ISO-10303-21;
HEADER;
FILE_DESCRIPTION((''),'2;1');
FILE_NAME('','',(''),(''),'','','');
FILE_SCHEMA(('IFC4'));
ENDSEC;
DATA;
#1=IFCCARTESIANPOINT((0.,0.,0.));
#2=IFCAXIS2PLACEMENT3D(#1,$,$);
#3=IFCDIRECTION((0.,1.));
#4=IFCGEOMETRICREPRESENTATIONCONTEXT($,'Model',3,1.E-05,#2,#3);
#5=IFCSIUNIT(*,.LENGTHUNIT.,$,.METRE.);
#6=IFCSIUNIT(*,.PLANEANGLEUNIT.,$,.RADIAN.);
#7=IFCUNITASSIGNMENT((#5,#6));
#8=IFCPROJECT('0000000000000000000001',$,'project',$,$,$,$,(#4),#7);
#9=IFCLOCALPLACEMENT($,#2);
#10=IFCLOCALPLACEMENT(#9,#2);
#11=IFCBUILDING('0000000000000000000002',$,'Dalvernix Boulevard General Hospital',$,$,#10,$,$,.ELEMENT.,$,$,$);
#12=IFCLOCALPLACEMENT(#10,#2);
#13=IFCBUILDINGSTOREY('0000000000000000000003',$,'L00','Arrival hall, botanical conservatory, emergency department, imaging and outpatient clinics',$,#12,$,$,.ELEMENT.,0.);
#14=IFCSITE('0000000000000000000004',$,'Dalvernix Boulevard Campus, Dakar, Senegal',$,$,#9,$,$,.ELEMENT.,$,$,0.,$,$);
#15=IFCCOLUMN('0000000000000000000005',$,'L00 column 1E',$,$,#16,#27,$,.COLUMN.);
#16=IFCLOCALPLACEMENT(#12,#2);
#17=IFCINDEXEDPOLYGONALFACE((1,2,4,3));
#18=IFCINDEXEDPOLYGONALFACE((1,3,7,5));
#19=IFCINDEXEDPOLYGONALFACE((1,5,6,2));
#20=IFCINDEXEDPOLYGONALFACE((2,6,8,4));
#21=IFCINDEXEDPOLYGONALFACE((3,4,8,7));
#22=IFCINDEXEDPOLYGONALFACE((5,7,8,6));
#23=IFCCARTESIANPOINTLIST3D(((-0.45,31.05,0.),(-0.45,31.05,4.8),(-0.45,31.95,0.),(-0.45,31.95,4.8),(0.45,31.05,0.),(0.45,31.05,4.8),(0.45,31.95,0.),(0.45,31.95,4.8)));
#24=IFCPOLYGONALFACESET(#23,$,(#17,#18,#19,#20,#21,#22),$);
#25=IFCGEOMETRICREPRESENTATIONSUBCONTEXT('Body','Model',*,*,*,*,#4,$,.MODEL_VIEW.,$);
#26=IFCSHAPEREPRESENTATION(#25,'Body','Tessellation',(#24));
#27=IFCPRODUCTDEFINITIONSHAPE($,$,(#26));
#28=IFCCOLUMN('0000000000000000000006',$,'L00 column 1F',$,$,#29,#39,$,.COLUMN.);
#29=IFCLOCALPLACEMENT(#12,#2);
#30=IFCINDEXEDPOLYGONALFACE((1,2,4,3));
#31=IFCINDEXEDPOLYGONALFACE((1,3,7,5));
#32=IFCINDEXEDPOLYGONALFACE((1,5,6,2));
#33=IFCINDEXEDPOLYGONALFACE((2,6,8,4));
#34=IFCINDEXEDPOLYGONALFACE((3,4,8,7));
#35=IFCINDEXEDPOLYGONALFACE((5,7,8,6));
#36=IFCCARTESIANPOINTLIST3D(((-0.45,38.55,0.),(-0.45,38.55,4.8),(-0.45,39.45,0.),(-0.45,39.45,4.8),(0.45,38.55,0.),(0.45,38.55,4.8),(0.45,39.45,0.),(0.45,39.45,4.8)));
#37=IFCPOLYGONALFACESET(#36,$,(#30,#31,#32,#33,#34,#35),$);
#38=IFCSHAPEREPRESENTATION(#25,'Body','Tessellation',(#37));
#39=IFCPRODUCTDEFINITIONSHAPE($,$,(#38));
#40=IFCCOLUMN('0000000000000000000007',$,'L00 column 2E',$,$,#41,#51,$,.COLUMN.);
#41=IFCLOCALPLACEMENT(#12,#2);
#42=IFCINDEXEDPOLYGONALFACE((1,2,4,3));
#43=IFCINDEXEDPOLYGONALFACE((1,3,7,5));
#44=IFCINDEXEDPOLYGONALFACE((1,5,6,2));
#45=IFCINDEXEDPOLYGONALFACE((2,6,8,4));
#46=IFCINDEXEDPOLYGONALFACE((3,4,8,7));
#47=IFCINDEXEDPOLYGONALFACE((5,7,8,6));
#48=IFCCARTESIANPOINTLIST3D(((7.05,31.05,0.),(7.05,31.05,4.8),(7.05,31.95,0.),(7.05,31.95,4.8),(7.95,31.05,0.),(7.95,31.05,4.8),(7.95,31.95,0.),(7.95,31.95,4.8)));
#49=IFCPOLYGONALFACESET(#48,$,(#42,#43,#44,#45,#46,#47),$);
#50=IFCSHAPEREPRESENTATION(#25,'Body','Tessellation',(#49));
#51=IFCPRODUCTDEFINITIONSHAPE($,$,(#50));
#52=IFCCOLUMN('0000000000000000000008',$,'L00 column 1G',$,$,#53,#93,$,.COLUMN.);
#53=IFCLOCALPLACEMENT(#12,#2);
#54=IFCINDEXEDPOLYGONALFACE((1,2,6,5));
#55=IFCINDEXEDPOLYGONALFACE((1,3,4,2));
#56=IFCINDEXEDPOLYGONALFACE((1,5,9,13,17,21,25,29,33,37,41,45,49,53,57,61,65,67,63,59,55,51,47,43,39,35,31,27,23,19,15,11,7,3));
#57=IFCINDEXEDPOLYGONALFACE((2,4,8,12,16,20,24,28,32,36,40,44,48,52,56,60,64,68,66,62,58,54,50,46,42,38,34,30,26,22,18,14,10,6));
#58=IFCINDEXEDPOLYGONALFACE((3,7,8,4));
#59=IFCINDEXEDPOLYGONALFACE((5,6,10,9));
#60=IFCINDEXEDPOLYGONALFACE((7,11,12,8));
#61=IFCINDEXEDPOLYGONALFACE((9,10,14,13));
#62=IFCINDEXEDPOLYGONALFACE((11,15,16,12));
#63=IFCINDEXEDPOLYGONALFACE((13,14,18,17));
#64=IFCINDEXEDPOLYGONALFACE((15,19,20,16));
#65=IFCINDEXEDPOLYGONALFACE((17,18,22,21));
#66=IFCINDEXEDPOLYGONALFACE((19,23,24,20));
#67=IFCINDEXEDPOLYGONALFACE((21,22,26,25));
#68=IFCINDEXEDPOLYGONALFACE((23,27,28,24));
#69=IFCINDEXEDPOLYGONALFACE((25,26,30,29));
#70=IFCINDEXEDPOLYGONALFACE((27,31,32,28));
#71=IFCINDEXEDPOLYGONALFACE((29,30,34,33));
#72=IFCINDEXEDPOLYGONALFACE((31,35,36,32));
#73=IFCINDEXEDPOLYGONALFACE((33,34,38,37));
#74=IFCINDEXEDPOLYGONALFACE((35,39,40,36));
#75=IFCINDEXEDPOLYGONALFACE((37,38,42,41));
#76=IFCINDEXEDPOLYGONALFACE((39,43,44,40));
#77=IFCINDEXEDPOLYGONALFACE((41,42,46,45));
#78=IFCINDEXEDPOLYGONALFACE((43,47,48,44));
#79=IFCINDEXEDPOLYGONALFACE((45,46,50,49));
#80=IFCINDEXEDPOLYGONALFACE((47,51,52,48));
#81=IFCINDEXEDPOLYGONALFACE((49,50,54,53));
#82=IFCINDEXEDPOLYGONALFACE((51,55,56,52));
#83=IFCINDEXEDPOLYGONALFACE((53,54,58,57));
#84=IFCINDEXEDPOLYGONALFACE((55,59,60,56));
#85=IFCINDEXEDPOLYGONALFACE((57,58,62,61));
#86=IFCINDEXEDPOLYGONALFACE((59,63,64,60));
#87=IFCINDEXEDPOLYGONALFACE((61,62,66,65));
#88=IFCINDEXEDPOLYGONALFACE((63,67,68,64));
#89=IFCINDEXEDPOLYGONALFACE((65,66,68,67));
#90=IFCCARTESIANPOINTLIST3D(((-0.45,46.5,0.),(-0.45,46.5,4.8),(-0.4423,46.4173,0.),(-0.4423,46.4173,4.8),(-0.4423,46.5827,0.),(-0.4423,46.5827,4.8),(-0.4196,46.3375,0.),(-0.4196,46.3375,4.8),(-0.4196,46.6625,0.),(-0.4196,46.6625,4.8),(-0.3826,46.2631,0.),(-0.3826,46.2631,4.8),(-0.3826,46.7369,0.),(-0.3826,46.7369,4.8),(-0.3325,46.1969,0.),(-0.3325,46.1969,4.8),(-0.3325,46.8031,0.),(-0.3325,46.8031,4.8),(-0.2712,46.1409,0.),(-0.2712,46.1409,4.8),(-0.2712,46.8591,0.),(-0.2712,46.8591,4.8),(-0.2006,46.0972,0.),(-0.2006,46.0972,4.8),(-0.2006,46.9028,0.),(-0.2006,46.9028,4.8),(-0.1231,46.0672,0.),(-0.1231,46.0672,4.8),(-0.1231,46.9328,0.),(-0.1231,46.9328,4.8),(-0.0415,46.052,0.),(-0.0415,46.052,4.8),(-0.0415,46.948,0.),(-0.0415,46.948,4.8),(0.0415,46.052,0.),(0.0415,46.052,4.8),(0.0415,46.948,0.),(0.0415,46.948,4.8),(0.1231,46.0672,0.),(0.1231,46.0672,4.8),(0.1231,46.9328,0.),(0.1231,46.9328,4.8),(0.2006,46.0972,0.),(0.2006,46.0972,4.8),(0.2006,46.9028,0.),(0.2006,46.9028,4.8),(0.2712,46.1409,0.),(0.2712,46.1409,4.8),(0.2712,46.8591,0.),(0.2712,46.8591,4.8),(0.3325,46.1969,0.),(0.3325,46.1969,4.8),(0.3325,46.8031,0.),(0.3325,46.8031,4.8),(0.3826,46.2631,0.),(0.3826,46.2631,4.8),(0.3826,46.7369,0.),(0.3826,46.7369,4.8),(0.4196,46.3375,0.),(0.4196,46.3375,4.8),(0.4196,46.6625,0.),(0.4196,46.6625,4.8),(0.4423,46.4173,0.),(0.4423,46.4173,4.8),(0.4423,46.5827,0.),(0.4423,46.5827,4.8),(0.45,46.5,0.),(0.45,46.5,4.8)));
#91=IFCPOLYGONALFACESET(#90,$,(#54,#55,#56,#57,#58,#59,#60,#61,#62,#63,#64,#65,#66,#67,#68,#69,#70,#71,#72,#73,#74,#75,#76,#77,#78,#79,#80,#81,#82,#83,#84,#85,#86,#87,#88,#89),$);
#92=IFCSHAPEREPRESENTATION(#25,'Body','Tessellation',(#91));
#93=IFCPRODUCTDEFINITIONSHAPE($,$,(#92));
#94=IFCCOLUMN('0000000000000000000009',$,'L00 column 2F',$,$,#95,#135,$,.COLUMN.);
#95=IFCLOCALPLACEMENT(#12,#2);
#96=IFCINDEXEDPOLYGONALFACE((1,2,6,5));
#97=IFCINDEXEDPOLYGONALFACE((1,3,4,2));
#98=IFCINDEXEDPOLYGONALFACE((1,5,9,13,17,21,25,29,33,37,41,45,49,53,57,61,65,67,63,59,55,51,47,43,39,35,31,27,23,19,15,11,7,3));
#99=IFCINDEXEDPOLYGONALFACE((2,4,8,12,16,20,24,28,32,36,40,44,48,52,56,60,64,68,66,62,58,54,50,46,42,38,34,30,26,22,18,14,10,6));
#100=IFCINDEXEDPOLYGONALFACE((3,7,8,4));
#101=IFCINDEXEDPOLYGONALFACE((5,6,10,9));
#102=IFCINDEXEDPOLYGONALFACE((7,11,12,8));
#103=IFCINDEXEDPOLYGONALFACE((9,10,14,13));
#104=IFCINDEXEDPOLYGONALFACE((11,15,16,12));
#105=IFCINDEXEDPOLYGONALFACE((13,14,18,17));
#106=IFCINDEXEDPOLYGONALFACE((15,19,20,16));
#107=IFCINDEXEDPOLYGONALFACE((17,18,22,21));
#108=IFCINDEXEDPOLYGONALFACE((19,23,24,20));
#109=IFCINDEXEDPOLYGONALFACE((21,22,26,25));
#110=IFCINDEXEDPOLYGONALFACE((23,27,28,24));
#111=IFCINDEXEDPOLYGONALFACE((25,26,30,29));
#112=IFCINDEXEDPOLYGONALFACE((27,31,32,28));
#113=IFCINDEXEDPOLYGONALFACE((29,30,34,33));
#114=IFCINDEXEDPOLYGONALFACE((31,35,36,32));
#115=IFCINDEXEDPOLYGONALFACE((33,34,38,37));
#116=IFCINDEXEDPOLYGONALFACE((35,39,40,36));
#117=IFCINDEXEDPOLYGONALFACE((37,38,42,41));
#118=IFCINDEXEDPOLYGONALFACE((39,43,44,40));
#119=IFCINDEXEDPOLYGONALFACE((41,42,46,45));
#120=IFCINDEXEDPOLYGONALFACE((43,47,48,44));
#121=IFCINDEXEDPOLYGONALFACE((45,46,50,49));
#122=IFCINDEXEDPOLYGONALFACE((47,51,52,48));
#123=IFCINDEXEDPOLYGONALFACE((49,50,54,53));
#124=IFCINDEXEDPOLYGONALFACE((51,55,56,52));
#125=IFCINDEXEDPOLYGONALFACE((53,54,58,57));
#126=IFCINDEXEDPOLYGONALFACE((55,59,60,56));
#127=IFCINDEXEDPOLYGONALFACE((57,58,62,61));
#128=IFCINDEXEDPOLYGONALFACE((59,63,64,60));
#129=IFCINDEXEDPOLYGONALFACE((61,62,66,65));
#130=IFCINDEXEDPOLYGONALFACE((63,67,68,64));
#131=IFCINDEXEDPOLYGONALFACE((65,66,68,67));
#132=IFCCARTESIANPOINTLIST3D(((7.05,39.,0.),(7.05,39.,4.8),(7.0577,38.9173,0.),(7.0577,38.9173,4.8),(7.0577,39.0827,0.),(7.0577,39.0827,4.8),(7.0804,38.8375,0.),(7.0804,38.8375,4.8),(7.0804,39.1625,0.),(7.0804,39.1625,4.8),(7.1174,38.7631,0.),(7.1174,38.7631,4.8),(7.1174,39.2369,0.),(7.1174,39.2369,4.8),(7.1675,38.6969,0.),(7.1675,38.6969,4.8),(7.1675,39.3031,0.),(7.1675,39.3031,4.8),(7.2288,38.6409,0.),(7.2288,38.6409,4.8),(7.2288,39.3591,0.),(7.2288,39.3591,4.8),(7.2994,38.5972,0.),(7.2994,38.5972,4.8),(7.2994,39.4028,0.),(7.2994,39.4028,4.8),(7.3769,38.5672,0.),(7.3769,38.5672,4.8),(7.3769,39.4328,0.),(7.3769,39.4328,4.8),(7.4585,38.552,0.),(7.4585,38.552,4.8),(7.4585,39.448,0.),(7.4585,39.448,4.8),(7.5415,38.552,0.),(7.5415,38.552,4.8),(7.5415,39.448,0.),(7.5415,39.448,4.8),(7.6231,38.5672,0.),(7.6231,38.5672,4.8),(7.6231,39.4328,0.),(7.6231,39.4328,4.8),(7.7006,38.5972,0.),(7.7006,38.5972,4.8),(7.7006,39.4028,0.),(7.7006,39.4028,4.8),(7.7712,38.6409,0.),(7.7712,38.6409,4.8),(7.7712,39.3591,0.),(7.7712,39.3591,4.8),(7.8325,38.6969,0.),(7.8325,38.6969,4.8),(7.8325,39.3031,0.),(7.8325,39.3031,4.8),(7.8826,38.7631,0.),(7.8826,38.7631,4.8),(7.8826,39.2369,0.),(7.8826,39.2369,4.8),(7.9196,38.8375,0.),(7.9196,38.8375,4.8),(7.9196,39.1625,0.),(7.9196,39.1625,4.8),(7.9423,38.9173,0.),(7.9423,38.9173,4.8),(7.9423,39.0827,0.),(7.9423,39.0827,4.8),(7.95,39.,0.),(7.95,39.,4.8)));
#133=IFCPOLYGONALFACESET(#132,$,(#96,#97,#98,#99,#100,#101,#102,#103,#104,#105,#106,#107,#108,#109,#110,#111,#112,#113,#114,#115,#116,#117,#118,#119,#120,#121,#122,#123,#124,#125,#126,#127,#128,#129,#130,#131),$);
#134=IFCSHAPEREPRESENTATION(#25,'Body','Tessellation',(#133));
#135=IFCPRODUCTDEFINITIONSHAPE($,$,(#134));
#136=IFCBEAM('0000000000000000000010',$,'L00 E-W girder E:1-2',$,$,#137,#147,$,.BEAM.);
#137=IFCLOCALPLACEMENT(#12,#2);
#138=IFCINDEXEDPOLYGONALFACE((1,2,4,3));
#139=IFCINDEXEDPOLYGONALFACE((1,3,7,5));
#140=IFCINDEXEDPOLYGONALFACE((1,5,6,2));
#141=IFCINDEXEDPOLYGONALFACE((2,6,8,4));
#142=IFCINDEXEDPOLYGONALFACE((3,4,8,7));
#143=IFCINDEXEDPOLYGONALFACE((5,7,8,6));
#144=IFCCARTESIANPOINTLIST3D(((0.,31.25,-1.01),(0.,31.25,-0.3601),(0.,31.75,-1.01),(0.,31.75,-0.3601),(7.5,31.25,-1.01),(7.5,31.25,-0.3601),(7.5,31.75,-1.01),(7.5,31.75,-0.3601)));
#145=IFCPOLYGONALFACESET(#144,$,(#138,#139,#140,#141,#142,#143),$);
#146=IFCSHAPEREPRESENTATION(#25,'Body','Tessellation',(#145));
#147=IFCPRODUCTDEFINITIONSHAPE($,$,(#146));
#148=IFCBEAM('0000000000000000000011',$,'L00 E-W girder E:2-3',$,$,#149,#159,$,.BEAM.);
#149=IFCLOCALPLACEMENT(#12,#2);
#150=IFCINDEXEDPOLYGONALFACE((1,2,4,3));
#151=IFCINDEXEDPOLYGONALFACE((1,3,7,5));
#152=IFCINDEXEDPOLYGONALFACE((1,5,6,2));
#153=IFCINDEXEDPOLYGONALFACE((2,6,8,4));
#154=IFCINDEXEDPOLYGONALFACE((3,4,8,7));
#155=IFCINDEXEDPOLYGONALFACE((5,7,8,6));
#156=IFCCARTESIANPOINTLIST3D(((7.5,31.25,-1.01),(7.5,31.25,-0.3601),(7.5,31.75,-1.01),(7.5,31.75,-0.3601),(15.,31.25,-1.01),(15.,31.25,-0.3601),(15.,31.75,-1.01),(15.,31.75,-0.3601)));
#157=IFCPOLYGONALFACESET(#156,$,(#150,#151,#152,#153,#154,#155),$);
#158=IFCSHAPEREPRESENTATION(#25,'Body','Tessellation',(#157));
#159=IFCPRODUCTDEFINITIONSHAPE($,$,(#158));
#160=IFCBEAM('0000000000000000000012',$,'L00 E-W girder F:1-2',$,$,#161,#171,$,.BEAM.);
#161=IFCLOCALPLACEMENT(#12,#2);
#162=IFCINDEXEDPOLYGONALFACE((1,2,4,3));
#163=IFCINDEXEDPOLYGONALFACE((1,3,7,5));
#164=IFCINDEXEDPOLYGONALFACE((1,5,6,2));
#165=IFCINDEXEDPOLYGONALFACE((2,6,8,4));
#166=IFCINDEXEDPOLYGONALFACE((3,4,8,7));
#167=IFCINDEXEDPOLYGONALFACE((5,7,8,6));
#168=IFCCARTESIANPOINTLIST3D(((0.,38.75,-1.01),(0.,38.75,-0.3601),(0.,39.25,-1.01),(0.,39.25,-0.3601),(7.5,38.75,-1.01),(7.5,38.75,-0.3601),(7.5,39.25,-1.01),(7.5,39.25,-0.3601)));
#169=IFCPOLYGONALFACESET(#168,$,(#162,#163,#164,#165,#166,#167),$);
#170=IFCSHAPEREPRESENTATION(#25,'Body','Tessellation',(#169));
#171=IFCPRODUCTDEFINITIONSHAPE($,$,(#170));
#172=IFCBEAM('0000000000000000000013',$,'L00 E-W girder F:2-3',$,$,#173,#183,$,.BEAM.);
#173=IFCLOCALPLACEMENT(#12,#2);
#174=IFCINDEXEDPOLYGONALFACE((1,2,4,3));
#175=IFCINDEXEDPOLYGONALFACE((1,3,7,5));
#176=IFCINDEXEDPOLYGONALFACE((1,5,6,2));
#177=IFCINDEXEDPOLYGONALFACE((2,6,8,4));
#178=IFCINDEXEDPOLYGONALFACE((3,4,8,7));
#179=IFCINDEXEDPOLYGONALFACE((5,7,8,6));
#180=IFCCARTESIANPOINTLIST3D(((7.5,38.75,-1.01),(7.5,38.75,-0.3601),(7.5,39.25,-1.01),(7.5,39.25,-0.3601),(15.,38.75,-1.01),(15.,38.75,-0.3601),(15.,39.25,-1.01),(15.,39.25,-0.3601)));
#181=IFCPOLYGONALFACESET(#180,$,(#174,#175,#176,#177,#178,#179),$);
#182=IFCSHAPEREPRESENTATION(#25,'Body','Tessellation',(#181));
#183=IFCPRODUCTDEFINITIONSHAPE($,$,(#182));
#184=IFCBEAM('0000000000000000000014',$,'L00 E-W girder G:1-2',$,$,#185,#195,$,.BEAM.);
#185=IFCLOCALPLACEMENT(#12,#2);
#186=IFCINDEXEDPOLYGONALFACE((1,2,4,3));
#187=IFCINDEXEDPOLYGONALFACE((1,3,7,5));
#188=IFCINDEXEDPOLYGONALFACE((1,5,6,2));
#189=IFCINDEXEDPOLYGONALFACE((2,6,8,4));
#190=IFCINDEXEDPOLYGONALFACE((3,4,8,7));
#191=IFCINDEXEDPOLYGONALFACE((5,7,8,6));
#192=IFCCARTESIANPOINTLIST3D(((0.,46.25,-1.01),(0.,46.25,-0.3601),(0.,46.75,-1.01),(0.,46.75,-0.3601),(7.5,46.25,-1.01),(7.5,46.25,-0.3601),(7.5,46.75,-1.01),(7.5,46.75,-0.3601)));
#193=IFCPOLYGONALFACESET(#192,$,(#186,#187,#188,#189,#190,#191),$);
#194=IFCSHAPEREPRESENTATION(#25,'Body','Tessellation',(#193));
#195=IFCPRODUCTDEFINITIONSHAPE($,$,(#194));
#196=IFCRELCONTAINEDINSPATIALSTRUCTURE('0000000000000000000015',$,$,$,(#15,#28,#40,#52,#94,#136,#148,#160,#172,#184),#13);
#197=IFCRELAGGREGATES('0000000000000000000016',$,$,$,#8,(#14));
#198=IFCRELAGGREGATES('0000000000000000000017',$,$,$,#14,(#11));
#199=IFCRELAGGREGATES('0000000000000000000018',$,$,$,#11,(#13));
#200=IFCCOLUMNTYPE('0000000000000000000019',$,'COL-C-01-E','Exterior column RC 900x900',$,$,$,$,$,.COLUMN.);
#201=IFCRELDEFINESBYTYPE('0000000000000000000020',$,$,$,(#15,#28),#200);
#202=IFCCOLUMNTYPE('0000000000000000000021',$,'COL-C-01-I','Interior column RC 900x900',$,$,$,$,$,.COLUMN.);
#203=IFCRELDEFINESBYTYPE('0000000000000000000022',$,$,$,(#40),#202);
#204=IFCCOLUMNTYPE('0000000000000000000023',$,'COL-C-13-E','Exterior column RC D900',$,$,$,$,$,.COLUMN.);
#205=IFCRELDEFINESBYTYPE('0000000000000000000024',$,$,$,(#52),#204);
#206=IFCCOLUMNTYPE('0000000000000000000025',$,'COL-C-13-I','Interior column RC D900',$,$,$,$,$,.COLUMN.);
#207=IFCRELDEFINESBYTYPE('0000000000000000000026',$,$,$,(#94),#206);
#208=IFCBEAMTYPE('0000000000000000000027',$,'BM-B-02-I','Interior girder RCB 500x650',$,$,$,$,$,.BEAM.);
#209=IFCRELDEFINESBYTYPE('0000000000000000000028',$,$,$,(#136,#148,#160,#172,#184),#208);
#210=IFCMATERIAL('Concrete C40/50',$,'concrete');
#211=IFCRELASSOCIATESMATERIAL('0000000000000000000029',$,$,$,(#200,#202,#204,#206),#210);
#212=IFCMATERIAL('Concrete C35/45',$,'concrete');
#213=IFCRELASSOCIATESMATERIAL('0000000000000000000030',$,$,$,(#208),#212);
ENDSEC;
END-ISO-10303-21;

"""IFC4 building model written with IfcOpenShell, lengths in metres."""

from ifc_helpers import new_model, si_unit, direction, frame, origin, origin_2d, place, context, subcontext, project, spatial, rectangle, circle, extrude, material, material_profile, profile_set, type_object, element, save


model = new_model("IFC4")

# Units and contexts
model_context = context("Model", 3, precision=1e-05, world=origin(), true_north=direction((0.0, 1.0)))
body_context = subcontext(model_context, "Body", "Model", "MODEL_VIEW")
ifc_project = project(units=[si_unit("LENGTHUNIT", "METRE"), si_unit("PLANEANGLEUNIT", "RADIAN")], contexts=[model_context])

# Site, building, storey
site_placement = place(None, origin())
site = spatial("IfcSite", under=ifc_project, at=site_placement, Name="Dalvernix Boulevard Campus, Dakar, Senegal", CompositionType="ELEMENT", RefElevation=0.0)
building_placement = place(site_placement, origin())
building = spatial("IfcBuilding", under=site, at=building_placement, Name="Dalvernix Boulevard General Hospital", CompositionType="ELEMENT")
storey_placement = place(building_placement, origin())
storey = spatial("IfcBuildingStorey", under=building, at=storey_placement, Name="L00", Description="Arrival hall, botanical conservatory, emergency department, imaging and outpatient clinics", CompositionType="ELEMENT", Elevation=0.0)

# Columns
ifc_material_1 = material(Name="Concrete C40/50", Category="concrete")
ifc_material_profile_1 = material_profile(ifc_material_1, rectangle(XDim=0.8999, YDim=0.8999, at=origin_2d()), Name="RC 900x900")
ifc_profile_set_1 = profile_set([ifc_material_profile_1], Name="Concrete C40/50")
column_type_1 = type_object("IfcColumnType", Name="COL-C-01-E", Description="Exterior column RC 900x900", PredefinedType="COLUMN", material=ifc_profile_set_1)
for number, where, z_axis, x_axis, name in (
    (1, (0.0, 31.5, 0.0), (0.0, 0.0, 1.0), (1.0, 0.0, 0.0), "L00 column 1E"),
    (2, (0.0, 39.0, 0.0), (0.0, 0.0, 1.0), (1.0, 0.0, 0.0), "L00 column 1F"),
):
    element("IfcColumn", number, at=place(storey_placement, frame(where, z_axis=z_axis, x_axis=x_axis)), inside=storey, type_object=column_type_1, Name=name, PredefinedType="COLUMN", context=body_context, shape_type="SweptSolid", body=[
        extrude(rectangle(XDim=0.8999, YDim=0.8999, at=origin_2d()), origin(), (0.0, 0.0, 1.0), 4.8),
    ])
ifc_material_profile_2 = material_profile(ifc_material_1, rectangle(XDim=0.8999, YDim=0.8999, at=origin_2d()), Name="RC 900x900")
ifc_profile_set_2 = profile_set([ifc_material_profile_2], Name="Concrete C40/50")
column_type_2 = type_object("IfcColumnType", Name="COL-C-01-I", Description="Interior column RC 900x900", PredefinedType="COLUMN", material=ifc_profile_set_2)
column_1_placement = place(storey_placement, frame((7.5, 31.5, 0.0), z_axis=(0.0, 0.0, 1.0), x_axis=(1.0, 0.0, 0.0)))
element("IfcColumn", 3, at=column_1_placement, inside=storey, type_object=column_type_2, Name="L00 column 2E", PredefinedType="COLUMN", context=body_context, shape_type="SweptSolid", body=[
    extrude(rectangle(XDim=0.8999, YDim=0.8999, at=origin_2d()), origin(), (0.0, 0.0, 1.0), 4.8),
])
ifc_material_profile_3 = material_profile(ifc_material_1, circle(Radius=0.45, at=origin_2d()), Name="RC D900")
ifc_profile_set_3 = profile_set([ifc_material_profile_3], Name="Concrete C40/50")
column_type_3 = type_object("IfcColumnType", Name="COL-C-13-E", Description="Exterior column RC D900", PredefinedType="COLUMN", material=ifc_profile_set_3)
column_2_placement = place(storey_placement, frame((0.0, 46.5, 0.0), z_axis=(0.0, 0.0, 1.0), x_axis=(1.0, 0.0, 0.0)))
element("IfcColumn", 4, at=column_2_placement, inside=storey, type_object=column_type_3, Name="L00 column 1G", PredefinedType="COLUMN", context=body_context, shape_type="SweptSolid", body=[
    extrude(circle(Radius=0.45, at=origin_2d()), origin(), (0.0, 0.0, 1.0), 4.8),
])
ifc_material_profile_4 = material_profile(ifc_material_1, circle(Radius=0.45, at=origin_2d()), Name="RC D900")
ifc_profile_set_4 = profile_set([ifc_material_profile_4], Name="Concrete C40/50")
column_type_4 = type_object("IfcColumnType", Name="COL-C-13-I", Description="Interior column RC D900", PredefinedType="COLUMN", material=ifc_profile_set_4)
column_3_placement = place(storey_placement, frame((7.5, 39.0, 0.0), z_axis=(0.0, 0.0, 1.0), x_axis=(1.0, 0.0, 0.0)))
element("IfcColumn", 5, at=column_3_placement, inside=storey, type_object=column_type_4, Name="L00 column 2F", PredefinedType="COLUMN", context=body_context, shape_type="SweptSolid", body=[
    extrude(circle(Radius=0.45, at=origin_2d()), origin(), (0.0, 0.0, 1.0), 4.8),
])

# Beams
ifc_material_2 = material(Name="Concrete C35/45", Category="concrete")
ifc_material_profile_5 = material_profile(ifc_material_2, rectangle(XDim=0.5, YDim=0.6499, at=origin_2d()), Name="RCB 500x650")
ifc_profile_set_5 = profile_set([ifc_material_profile_5], Name="Concrete C35/45")
beam_type_1 = type_object("IfcBeamType", Name="BM-B-02-I", Description="Interior girder RCB 500x650", PredefinedType="BEAM", material=ifc_profile_set_5)
for number, where, z_axis, x_axis, name in (
    (6, (0.0, 31.5, -0.6851), (1.0, 0.0, 0.0), (0.0, 1.0, 0.0), "L00 E-W girder E:1-2"),
    (7, (7.5, 31.5, -0.6851), (1.0, 0.0, 0.0), (0.0, 1.0, 0.0), "L00 E-W girder E:2-3"),
    (8, (0.0, 39.0, -0.6851), (1.0, 0.0, 0.0), (0.0, 1.0, 0.0), "L00 E-W girder F:1-2"),
    (9, (7.5, 39.0, -0.6851), (1.0, 0.0, 0.0), (0.0, 1.0, 0.0), "L00 E-W girder F:2-3"),
    (10, (0.0, 46.5, -0.6851), (1.0, 0.0, 0.0), (0.0, 1.0, 0.0), "L00 E-W girder G:1-2"),
):
    element("IfcBeam", number, at=place(storey_placement, frame(where, z_axis=z_axis, x_axis=x_axis)), inside=storey, type_object=beam_type_1, Name=name, PredefinedType="BEAM", context=body_context, shape_type="SweptSolid", body=[
        extrude(rectangle(XDim=0.5, YDim=0.6499, at=origin_2d()), origin(), (0.0, 0.0, 1.0), 7.5),
    ])

save(model, "model.ifc")
